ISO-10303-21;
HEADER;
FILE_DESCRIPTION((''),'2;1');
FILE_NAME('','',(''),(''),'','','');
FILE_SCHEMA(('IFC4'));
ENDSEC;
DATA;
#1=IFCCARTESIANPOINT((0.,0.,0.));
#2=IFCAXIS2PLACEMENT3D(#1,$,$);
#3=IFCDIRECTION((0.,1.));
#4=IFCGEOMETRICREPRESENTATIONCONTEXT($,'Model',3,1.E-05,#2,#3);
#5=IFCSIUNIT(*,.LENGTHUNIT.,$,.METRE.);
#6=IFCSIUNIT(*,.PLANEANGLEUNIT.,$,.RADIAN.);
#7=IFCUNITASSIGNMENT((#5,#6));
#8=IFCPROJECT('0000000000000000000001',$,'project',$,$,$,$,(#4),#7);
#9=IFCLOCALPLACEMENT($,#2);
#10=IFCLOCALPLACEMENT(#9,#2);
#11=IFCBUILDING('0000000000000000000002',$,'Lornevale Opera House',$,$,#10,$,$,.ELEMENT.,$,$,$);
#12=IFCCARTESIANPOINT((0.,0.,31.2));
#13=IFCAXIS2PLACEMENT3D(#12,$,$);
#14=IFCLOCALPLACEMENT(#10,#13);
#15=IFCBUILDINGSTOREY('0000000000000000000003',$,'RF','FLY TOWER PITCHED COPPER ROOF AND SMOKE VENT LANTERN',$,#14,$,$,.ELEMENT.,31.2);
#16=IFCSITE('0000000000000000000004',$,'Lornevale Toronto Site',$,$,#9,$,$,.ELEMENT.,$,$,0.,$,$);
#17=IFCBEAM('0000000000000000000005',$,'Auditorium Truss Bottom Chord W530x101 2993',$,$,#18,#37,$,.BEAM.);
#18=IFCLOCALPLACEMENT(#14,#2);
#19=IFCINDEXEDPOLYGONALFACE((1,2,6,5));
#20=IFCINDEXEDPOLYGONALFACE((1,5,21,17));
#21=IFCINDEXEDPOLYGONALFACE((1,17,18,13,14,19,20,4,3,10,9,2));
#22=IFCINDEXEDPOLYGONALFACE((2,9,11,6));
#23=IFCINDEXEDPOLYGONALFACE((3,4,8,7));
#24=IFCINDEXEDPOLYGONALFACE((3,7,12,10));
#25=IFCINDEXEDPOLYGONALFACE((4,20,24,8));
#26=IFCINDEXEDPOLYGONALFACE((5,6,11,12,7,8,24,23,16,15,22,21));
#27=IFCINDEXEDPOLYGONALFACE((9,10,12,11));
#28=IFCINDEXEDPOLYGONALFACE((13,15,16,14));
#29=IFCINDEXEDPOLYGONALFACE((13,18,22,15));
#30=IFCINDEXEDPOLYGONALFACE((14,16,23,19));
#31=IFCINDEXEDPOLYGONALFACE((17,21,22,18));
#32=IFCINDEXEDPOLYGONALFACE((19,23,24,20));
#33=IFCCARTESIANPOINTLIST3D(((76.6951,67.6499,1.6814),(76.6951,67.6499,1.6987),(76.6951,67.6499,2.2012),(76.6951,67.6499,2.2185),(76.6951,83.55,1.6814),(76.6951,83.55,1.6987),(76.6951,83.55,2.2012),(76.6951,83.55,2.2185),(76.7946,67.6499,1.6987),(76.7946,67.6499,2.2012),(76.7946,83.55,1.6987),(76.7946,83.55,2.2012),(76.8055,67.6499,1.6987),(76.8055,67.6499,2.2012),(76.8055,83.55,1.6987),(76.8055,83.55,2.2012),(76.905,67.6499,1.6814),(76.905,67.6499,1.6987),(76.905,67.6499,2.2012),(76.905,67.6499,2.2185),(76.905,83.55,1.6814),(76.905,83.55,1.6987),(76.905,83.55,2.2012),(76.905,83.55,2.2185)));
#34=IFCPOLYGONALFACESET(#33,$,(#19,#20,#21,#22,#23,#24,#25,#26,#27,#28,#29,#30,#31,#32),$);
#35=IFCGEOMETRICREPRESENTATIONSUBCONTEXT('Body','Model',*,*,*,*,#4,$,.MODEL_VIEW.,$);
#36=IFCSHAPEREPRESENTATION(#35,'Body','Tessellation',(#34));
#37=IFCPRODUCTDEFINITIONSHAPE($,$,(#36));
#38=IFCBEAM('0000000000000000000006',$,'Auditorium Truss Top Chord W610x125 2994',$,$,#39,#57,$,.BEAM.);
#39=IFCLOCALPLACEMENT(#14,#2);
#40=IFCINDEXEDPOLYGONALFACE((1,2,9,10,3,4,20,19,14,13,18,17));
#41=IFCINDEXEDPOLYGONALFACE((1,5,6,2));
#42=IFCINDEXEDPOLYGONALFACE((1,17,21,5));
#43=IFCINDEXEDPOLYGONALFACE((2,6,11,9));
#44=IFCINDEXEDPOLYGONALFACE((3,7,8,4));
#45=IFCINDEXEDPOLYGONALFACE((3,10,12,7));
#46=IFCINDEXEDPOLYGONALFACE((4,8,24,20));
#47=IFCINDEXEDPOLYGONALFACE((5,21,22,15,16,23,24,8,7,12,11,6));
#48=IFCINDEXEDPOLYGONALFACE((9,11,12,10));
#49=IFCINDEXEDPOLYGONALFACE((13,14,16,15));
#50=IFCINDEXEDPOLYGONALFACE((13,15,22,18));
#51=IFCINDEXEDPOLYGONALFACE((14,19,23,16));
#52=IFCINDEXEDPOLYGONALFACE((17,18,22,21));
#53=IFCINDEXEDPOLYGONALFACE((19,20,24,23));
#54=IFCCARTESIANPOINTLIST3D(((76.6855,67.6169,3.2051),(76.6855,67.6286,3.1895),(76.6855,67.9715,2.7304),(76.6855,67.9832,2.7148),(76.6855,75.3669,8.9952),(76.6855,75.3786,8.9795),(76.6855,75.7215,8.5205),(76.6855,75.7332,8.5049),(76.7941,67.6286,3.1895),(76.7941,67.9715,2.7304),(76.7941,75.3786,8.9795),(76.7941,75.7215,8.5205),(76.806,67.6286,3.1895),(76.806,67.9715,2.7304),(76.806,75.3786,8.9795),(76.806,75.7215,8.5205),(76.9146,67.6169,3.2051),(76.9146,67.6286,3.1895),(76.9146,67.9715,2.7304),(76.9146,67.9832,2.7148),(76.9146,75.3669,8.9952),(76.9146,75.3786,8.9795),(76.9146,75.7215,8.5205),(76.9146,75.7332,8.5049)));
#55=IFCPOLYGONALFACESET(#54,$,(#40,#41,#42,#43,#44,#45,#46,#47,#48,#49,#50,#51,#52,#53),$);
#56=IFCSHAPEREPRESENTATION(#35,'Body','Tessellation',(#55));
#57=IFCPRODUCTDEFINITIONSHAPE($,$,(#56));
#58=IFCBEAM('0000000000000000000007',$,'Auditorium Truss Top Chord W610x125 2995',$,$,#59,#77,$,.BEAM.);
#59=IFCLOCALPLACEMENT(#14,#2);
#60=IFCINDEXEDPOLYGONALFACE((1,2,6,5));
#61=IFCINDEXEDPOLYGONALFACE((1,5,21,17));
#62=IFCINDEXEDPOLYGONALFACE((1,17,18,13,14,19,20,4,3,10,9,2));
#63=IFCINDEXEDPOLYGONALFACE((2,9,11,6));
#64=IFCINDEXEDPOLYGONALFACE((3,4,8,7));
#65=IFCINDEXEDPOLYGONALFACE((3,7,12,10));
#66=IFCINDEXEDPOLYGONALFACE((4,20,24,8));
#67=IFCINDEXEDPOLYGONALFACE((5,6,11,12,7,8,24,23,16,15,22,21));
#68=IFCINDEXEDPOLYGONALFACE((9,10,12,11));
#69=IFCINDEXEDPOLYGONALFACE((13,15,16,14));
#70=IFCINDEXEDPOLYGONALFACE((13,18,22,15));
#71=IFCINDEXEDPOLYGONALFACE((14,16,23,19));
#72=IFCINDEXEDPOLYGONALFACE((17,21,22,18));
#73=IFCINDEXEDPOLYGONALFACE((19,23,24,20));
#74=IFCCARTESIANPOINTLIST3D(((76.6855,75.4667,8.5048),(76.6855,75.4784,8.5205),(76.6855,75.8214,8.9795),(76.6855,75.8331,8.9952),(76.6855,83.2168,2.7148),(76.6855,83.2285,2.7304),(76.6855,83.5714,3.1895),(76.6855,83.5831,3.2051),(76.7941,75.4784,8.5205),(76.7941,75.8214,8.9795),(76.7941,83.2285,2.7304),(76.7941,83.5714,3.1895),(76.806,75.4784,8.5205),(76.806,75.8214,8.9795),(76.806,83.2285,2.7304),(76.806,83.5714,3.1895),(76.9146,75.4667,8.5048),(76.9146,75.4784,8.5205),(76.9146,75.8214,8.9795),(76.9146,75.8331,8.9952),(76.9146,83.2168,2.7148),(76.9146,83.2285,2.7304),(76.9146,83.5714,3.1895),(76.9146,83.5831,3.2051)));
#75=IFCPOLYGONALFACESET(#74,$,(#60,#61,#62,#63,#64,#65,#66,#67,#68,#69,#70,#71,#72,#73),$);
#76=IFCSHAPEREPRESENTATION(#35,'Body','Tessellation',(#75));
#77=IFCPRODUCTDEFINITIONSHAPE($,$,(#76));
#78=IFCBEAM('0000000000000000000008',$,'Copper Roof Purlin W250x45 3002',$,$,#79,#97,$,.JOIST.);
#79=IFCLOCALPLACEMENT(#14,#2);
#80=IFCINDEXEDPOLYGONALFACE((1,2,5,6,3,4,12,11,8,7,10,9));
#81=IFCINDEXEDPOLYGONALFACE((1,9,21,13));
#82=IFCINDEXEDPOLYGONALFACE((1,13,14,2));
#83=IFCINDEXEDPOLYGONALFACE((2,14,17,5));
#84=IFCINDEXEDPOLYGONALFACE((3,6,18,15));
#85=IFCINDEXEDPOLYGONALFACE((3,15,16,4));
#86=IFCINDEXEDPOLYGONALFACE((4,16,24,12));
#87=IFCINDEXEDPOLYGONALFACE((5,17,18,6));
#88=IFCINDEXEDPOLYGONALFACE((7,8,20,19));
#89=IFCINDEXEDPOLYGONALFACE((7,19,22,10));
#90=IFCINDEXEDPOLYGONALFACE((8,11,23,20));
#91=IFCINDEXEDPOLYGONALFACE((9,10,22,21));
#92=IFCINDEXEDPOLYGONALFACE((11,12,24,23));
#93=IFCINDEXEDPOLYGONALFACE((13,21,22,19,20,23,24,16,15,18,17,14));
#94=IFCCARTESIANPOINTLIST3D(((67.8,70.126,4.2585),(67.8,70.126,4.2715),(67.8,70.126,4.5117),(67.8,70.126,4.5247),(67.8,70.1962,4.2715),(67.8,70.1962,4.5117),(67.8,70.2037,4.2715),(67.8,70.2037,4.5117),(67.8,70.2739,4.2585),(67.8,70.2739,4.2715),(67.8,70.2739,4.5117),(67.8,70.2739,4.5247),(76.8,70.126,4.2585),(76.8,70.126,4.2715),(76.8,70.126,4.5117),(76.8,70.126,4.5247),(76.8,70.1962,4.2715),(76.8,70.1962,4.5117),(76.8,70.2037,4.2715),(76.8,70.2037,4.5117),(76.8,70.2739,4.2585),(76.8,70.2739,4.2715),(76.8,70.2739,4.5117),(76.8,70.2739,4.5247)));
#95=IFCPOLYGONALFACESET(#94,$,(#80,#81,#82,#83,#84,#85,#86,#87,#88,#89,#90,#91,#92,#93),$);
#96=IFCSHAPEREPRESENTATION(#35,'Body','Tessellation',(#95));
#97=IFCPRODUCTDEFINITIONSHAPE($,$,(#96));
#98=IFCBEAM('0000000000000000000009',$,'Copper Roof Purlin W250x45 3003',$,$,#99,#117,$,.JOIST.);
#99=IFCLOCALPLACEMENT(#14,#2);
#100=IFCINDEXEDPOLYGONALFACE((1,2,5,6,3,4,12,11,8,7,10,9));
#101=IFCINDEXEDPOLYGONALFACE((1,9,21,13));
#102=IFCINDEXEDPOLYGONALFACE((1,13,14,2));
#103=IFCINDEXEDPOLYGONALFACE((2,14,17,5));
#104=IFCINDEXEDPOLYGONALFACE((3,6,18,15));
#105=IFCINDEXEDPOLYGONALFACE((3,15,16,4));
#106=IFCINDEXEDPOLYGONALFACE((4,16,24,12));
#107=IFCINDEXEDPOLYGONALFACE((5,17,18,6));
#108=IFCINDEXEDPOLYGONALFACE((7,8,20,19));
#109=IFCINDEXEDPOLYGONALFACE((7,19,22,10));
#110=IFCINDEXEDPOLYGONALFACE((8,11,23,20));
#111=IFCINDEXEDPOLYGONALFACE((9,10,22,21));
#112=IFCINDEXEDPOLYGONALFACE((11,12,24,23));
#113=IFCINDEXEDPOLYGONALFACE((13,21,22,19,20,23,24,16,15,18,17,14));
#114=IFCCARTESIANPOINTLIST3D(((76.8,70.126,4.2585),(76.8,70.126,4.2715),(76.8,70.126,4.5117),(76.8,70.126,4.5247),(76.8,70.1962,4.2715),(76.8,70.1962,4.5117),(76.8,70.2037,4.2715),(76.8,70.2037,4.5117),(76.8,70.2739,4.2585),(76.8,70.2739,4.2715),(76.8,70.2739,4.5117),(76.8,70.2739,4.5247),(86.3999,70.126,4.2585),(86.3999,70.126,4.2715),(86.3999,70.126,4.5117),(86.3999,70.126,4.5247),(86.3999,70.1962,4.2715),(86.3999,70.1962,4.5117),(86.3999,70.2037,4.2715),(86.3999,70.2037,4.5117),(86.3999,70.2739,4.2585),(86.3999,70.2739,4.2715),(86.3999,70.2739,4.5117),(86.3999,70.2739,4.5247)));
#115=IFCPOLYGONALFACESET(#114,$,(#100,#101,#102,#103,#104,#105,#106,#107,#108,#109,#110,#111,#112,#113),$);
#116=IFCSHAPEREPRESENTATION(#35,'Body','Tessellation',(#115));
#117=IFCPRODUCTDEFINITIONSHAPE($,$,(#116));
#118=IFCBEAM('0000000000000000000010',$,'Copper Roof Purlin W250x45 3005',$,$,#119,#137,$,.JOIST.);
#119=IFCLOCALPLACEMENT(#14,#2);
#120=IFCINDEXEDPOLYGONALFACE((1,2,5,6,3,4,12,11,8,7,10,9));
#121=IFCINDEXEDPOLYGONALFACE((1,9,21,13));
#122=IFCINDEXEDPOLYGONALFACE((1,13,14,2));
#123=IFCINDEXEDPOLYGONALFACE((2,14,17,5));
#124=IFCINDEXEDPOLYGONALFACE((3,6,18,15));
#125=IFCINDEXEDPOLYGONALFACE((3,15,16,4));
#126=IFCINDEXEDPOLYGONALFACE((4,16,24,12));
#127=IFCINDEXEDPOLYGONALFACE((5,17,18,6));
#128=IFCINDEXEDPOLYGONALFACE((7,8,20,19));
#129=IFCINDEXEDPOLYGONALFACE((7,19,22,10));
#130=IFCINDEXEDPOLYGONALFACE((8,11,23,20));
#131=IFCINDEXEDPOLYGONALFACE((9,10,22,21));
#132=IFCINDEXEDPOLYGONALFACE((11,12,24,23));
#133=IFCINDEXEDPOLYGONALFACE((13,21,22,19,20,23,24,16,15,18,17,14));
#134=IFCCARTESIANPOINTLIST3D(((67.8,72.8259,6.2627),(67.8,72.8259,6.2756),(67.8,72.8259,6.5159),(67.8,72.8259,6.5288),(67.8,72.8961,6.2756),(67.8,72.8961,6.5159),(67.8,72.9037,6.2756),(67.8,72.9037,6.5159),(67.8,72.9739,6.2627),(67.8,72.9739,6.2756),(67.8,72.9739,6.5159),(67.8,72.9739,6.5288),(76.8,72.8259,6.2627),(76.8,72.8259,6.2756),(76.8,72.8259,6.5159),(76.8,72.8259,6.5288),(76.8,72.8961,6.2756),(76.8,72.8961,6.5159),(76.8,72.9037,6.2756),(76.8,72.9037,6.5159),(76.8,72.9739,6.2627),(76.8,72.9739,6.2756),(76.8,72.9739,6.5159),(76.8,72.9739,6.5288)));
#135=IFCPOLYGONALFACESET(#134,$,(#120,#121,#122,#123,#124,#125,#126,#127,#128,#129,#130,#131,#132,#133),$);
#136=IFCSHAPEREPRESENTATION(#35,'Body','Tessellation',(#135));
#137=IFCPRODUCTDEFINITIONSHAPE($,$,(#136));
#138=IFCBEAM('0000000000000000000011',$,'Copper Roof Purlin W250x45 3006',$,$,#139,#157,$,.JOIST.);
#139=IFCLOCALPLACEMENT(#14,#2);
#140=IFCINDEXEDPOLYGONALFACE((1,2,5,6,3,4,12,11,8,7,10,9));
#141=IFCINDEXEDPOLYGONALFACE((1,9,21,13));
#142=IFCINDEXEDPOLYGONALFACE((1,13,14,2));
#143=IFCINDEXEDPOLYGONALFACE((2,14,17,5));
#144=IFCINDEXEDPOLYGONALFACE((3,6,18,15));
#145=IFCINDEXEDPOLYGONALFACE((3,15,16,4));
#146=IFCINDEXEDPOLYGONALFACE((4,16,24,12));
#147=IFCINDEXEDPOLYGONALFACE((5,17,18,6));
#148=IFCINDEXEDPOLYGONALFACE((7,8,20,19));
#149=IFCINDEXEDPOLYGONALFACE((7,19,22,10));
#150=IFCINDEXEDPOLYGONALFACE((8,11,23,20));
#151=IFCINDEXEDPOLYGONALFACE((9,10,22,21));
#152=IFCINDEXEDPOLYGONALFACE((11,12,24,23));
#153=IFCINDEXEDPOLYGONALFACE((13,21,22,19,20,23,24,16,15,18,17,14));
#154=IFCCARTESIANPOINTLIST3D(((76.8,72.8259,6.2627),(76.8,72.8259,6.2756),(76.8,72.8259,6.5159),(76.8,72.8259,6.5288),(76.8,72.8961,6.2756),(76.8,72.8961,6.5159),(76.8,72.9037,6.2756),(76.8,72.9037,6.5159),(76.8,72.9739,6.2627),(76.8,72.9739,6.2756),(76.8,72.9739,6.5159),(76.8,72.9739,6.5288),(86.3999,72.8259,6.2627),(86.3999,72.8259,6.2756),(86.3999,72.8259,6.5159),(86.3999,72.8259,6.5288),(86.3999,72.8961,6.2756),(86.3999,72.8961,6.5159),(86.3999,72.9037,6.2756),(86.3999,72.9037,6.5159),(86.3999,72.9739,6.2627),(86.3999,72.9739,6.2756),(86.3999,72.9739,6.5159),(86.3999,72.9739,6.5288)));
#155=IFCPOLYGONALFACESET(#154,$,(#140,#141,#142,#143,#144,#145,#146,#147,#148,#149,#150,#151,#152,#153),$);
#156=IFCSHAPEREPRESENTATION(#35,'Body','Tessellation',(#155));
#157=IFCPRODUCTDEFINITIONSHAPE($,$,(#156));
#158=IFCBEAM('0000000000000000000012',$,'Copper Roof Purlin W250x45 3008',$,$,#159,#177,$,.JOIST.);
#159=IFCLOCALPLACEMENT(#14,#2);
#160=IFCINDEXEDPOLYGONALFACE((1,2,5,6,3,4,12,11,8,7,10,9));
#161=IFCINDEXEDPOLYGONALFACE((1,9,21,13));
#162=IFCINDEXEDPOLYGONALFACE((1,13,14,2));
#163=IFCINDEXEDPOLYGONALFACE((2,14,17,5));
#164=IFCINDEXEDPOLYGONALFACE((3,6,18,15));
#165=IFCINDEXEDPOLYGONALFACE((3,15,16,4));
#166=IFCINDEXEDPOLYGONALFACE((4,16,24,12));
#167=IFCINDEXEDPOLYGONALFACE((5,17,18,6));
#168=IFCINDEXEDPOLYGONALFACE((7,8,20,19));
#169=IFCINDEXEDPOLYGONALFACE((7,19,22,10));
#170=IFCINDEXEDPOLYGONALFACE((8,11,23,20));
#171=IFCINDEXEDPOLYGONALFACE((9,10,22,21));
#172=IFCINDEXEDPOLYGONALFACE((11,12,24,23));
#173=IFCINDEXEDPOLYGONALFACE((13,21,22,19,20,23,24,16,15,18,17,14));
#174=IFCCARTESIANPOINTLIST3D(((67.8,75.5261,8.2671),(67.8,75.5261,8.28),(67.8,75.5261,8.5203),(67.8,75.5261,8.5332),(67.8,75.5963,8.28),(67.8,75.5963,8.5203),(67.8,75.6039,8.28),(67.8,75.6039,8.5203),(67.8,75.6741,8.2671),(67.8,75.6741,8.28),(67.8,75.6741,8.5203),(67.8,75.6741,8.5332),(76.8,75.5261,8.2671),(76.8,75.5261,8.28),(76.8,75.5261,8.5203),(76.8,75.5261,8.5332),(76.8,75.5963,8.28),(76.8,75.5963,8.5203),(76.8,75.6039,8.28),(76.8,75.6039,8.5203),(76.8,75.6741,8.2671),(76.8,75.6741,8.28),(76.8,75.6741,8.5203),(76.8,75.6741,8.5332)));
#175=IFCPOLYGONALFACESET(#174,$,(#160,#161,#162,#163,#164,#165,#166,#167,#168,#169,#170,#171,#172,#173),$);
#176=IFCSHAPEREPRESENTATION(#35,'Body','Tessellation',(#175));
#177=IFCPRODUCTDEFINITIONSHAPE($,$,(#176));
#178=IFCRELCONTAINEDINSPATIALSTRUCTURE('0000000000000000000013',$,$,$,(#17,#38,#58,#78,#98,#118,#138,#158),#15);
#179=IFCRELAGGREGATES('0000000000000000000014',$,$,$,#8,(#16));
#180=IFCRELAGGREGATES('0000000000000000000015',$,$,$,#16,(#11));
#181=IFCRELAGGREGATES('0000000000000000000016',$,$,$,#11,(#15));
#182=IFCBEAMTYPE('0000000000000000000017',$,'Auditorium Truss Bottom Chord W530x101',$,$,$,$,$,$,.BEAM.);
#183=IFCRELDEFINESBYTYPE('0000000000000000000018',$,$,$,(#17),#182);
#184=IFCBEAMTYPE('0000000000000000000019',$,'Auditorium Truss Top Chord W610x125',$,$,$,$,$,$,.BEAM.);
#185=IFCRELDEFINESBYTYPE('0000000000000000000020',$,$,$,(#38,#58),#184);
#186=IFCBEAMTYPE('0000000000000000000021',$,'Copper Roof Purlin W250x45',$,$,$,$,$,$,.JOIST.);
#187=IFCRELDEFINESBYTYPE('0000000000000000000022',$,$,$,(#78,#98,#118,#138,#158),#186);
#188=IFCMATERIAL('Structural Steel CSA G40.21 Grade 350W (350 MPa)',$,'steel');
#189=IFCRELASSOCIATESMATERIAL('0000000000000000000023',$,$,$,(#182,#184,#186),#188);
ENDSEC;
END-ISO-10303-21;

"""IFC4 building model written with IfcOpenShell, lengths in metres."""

from ifc_helpers import new_model, si_unit, direction, frame, origin, origin_2d, place, context, subcontext, project, spatial, i_section, extrude, material, material_profile, profile_set, type_object, element, save


model = new_model("IFC4")

# Units and contexts
model_context = context("Model", 3, precision=1e-05, world=origin(), true_north=direction((0.0, 1.0)))
body_context = subcontext(model_context, "Body", "Model", "MODEL_VIEW")
ifc_project = project(units=[si_unit("LENGTHUNIT", "METRE"), si_unit("PLANEANGLEUNIT", "RADIAN")], contexts=[model_context])

# Site, building, storey
site_placement = place(None, origin())
site = spatial("IfcSite", under=ifc_project, at=site_placement, Name="Lornevale Toronto Site", CompositionType="ELEMENT", RefElevation=0.0)
building_placement = place(site_placement, origin())
building = spatial("IfcBuilding", under=site, at=building_placement, Name="Lornevale Opera House", CompositionType="ELEMENT")
storey_placement = place(building_placement, frame((0.0, 0.0, 31.2)))
storey = spatial("IfcBuildingStorey", under=building, at=storey_placement, Name="RF", Description="FLY TOWER PITCHED COPPER ROOF AND SMOKE VENT LANTERN", CompositionType="ELEMENT", Elevation=31.2)

# Beams
ifc_material_1 = material(Name="Structural Steel CSA G40.21 Grade 350W (350 MPa)", Category="steel")
ifc_material_profile_1 = material_profile(ifc_material_1, i_section(OverallWidth=0.21, OverallDepth=0.5371, WebThickness=0.011, FlangeThickness=0.0173, at=origin_2d()), Name="W530x101")
ifc_profile_set_1 = profile_set([ifc_material_profile_1], Name="Structural Steel CSA G40.21 Grade 350W (350 MPa)")
beam_type_1 = type_object("IfcBeamType", Name="Auditorium Truss Bottom Chord W530x101", PredefinedType="BEAM", material=ifc_profile_set_1)
beam_1_placement = place(storey_placement, frame((76.8, 67.6499, 1.95), z_axis=(0.0, 1.0, 0.0), x_axis=(-1.0, 0.0, 0.0)))
element("IfcBeam", 1, at=beam_1_placement, inside=storey, type_object=beam_type_1, Name="Auditorium Truss Bottom Chord W530x101 2993", PredefinedType="BEAM", context=body_context, shape_type="SweptSolid", body=[
    extrude(i_section(OverallWidth=0.21, OverallDepth=0.5371, WebThickness=0.011, FlangeThickness=0.0173, at=origin_2d()), origin(), (0.0, 0.0, 1.0), 15.9001),
])
ifc_material_profile_2 = material_profile(ifc_material_1, i_section(OverallWidth=0.229, OverallDepth=0.6121, WebThickness=0.012, FlangeThickness=0.0195, at=origin_2d()), Name="W610x125")
ifc_profile_set_2 = profile_set([ifc_material_profile_2], Name="Structural Steel CSA G40.21 Grade 350W (350 MPa)")
beam_type_2 = type_object("IfcBeamType", Name="Auditorium Truss Top Chord W610x125", PredefinedType="BEAM", material=ifc_profile_set_2)
for number, where, z_axis, x_axis, name in (
    (2, (76.8, 67.8, 2.96), (0.0, 0.801113, 0.598513), (-1.0, 0.0, 0.0), "Auditorium Truss Top Chord W610x125 2994"),
    (3, (76.8, 75.6499, 8.75), (0.0, 0.801113, -0.598513), (-1.0, 0.0, 0.0), "Auditorium Truss Top Chord W610x125 2995"),
):
    element("IfcBeam", number, at=place(storey_placement, frame(where, z_axis=z_axis, x_axis=x_axis)), inside=storey, type_object=beam_type_2, Name=name, PredefinedType="BEAM", context=body_context, shape_type="SweptSolid", body=[
        extrude(i_section(OverallWidth=0.229, OverallDepth=0.6121, WebThickness=0.012, FlangeThickness=0.0195, at=origin_2d()), origin(), (0.0, 0.0, 1.0), 9.6741),
    ])
ifc_material_profile_3 = material_profile(ifc_material_1, i_section(OverallWidth=0.1479, OverallDepth=0.2661, WebThickness=0.0076, FlangeThickness=0.0129, at=origin_2d()), Name="W250x45")
ifc_profile_set_3 = profile_set([ifc_material_profile_3], Name="Structural Steel CSA G40.21 Grade 350W (350 MPa)")
beam_type_3 = type_object("IfcBeamType", Name="Copper Roof Purlin W250x45", PredefinedType="JOIST", material=ifc_profile_set_3)
beam_2_placement = place(storey_placement, frame((67.8, 70.2, 4.3916), z_axis=(1.0, 0.0, 0.0), x_axis=(0.0, 1.0, 0.0)))
element("IfcBeam", 4, at=beam_2_placement, inside=storey, type_object=beam_type_3, Name="Copper Roof Purlin W250x45 3002", PredefinedType="JOIST", context=body_context, shape_type="SweptSolid", body=[
    extrude(i_section(OverallWidth=0.1479, OverallDepth=0.2661, WebThickness=0.0076, FlangeThickness=0.0129, at=origin_2d()), origin(), (0.0, 0.0, 1.0), 9.0),
])
beam_3_placement = place(storey_placement, frame((76.8, 70.2, 4.3916), z_axis=(1.0, 0.0, 0.0), x_axis=(0.0, 1.0, 0.0)))
element("IfcBeam", 5, at=beam_3_placement, inside=storey, type_object=beam_type_3, Name="Copper Roof Purlin W250x45 3003", PredefinedType="JOIST", context=body_context, shape_type="SweptSolid", body=[
    extrude(i_section(OverallWidth=0.1479, OverallDepth=0.2661, WebThickness=0.0076, FlangeThickness=0.0129, at=origin_2d()), origin(), (0.0, 0.0, 1.0), 9.5999),
])
beam_4_placement = place(storey_placement, frame((67.8, 72.8999, 6.3958), z_axis=(1.0, 0.0, 0.0), x_axis=(0.0, 1.0, 0.0)))
element("IfcBeam", 6, at=beam_4_placement, inside=storey, type_object=beam_type_3, Name="Copper Roof Purlin W250x45 3005", PredefinedType="JOIST", context=body_context, shape_type="SweptSolid", body=[
    extrude(i_section(OverallWidth=0.1479, OverallDepth=0.2661, WebThickness=0.0076, FlangeThickness=0.0129, at=origin_2d()), origin(), (0.0, 0.0, 1.0), 9.0),
])
beam_5_placement = place(storey_placement, frame((76.8, 72.8999, 6.3958), z_axis=(1.0, 0.0, 0.0), x_axis=(0.0, 1.0, 0.0)))
element("IfcBeam", 7, at=beam_5_placement, inside=storey, type_object=beam_type_3, Name="Copper Roof Purlin W250x45 3006", PredefinedType="JOIST", context=body_context, shape_type="SweptSolid", body=[
    extrude(i_section(OverallWidth=0.1479, OverallDepth=0.2661, WebThickness=0.0076, FlangeThickness=0.0129, at=origin_2d()), origin(), (0.0, 0.0, 1.0), 9.5999),
])
beam_6_placement = place(storey_placement, frame((67.8, 75.6001, 8.4001), z_axis=(1.0, 0.0, 0.0), x_axis=(0.0, 1.0, 0.0)))
element("IfcBeam", 8, at=beam_6_placement, inside=storey, type_object=beam_type_3, Name="Copper Roof Purlin W250x45 3008", PredefinedType="JOIST", context=body_context, shape_type="SweptSolid", body=[
    extrude(i_section(OverallWidth=0.1479, OverallDepth=0.2661, WebThickness=0.0076, FlangeThickness=0.0129, at=origin_2d()), origin(), (0.0, 0.0, 1.0), 9.0),
])

save(model, "model.ifc")
